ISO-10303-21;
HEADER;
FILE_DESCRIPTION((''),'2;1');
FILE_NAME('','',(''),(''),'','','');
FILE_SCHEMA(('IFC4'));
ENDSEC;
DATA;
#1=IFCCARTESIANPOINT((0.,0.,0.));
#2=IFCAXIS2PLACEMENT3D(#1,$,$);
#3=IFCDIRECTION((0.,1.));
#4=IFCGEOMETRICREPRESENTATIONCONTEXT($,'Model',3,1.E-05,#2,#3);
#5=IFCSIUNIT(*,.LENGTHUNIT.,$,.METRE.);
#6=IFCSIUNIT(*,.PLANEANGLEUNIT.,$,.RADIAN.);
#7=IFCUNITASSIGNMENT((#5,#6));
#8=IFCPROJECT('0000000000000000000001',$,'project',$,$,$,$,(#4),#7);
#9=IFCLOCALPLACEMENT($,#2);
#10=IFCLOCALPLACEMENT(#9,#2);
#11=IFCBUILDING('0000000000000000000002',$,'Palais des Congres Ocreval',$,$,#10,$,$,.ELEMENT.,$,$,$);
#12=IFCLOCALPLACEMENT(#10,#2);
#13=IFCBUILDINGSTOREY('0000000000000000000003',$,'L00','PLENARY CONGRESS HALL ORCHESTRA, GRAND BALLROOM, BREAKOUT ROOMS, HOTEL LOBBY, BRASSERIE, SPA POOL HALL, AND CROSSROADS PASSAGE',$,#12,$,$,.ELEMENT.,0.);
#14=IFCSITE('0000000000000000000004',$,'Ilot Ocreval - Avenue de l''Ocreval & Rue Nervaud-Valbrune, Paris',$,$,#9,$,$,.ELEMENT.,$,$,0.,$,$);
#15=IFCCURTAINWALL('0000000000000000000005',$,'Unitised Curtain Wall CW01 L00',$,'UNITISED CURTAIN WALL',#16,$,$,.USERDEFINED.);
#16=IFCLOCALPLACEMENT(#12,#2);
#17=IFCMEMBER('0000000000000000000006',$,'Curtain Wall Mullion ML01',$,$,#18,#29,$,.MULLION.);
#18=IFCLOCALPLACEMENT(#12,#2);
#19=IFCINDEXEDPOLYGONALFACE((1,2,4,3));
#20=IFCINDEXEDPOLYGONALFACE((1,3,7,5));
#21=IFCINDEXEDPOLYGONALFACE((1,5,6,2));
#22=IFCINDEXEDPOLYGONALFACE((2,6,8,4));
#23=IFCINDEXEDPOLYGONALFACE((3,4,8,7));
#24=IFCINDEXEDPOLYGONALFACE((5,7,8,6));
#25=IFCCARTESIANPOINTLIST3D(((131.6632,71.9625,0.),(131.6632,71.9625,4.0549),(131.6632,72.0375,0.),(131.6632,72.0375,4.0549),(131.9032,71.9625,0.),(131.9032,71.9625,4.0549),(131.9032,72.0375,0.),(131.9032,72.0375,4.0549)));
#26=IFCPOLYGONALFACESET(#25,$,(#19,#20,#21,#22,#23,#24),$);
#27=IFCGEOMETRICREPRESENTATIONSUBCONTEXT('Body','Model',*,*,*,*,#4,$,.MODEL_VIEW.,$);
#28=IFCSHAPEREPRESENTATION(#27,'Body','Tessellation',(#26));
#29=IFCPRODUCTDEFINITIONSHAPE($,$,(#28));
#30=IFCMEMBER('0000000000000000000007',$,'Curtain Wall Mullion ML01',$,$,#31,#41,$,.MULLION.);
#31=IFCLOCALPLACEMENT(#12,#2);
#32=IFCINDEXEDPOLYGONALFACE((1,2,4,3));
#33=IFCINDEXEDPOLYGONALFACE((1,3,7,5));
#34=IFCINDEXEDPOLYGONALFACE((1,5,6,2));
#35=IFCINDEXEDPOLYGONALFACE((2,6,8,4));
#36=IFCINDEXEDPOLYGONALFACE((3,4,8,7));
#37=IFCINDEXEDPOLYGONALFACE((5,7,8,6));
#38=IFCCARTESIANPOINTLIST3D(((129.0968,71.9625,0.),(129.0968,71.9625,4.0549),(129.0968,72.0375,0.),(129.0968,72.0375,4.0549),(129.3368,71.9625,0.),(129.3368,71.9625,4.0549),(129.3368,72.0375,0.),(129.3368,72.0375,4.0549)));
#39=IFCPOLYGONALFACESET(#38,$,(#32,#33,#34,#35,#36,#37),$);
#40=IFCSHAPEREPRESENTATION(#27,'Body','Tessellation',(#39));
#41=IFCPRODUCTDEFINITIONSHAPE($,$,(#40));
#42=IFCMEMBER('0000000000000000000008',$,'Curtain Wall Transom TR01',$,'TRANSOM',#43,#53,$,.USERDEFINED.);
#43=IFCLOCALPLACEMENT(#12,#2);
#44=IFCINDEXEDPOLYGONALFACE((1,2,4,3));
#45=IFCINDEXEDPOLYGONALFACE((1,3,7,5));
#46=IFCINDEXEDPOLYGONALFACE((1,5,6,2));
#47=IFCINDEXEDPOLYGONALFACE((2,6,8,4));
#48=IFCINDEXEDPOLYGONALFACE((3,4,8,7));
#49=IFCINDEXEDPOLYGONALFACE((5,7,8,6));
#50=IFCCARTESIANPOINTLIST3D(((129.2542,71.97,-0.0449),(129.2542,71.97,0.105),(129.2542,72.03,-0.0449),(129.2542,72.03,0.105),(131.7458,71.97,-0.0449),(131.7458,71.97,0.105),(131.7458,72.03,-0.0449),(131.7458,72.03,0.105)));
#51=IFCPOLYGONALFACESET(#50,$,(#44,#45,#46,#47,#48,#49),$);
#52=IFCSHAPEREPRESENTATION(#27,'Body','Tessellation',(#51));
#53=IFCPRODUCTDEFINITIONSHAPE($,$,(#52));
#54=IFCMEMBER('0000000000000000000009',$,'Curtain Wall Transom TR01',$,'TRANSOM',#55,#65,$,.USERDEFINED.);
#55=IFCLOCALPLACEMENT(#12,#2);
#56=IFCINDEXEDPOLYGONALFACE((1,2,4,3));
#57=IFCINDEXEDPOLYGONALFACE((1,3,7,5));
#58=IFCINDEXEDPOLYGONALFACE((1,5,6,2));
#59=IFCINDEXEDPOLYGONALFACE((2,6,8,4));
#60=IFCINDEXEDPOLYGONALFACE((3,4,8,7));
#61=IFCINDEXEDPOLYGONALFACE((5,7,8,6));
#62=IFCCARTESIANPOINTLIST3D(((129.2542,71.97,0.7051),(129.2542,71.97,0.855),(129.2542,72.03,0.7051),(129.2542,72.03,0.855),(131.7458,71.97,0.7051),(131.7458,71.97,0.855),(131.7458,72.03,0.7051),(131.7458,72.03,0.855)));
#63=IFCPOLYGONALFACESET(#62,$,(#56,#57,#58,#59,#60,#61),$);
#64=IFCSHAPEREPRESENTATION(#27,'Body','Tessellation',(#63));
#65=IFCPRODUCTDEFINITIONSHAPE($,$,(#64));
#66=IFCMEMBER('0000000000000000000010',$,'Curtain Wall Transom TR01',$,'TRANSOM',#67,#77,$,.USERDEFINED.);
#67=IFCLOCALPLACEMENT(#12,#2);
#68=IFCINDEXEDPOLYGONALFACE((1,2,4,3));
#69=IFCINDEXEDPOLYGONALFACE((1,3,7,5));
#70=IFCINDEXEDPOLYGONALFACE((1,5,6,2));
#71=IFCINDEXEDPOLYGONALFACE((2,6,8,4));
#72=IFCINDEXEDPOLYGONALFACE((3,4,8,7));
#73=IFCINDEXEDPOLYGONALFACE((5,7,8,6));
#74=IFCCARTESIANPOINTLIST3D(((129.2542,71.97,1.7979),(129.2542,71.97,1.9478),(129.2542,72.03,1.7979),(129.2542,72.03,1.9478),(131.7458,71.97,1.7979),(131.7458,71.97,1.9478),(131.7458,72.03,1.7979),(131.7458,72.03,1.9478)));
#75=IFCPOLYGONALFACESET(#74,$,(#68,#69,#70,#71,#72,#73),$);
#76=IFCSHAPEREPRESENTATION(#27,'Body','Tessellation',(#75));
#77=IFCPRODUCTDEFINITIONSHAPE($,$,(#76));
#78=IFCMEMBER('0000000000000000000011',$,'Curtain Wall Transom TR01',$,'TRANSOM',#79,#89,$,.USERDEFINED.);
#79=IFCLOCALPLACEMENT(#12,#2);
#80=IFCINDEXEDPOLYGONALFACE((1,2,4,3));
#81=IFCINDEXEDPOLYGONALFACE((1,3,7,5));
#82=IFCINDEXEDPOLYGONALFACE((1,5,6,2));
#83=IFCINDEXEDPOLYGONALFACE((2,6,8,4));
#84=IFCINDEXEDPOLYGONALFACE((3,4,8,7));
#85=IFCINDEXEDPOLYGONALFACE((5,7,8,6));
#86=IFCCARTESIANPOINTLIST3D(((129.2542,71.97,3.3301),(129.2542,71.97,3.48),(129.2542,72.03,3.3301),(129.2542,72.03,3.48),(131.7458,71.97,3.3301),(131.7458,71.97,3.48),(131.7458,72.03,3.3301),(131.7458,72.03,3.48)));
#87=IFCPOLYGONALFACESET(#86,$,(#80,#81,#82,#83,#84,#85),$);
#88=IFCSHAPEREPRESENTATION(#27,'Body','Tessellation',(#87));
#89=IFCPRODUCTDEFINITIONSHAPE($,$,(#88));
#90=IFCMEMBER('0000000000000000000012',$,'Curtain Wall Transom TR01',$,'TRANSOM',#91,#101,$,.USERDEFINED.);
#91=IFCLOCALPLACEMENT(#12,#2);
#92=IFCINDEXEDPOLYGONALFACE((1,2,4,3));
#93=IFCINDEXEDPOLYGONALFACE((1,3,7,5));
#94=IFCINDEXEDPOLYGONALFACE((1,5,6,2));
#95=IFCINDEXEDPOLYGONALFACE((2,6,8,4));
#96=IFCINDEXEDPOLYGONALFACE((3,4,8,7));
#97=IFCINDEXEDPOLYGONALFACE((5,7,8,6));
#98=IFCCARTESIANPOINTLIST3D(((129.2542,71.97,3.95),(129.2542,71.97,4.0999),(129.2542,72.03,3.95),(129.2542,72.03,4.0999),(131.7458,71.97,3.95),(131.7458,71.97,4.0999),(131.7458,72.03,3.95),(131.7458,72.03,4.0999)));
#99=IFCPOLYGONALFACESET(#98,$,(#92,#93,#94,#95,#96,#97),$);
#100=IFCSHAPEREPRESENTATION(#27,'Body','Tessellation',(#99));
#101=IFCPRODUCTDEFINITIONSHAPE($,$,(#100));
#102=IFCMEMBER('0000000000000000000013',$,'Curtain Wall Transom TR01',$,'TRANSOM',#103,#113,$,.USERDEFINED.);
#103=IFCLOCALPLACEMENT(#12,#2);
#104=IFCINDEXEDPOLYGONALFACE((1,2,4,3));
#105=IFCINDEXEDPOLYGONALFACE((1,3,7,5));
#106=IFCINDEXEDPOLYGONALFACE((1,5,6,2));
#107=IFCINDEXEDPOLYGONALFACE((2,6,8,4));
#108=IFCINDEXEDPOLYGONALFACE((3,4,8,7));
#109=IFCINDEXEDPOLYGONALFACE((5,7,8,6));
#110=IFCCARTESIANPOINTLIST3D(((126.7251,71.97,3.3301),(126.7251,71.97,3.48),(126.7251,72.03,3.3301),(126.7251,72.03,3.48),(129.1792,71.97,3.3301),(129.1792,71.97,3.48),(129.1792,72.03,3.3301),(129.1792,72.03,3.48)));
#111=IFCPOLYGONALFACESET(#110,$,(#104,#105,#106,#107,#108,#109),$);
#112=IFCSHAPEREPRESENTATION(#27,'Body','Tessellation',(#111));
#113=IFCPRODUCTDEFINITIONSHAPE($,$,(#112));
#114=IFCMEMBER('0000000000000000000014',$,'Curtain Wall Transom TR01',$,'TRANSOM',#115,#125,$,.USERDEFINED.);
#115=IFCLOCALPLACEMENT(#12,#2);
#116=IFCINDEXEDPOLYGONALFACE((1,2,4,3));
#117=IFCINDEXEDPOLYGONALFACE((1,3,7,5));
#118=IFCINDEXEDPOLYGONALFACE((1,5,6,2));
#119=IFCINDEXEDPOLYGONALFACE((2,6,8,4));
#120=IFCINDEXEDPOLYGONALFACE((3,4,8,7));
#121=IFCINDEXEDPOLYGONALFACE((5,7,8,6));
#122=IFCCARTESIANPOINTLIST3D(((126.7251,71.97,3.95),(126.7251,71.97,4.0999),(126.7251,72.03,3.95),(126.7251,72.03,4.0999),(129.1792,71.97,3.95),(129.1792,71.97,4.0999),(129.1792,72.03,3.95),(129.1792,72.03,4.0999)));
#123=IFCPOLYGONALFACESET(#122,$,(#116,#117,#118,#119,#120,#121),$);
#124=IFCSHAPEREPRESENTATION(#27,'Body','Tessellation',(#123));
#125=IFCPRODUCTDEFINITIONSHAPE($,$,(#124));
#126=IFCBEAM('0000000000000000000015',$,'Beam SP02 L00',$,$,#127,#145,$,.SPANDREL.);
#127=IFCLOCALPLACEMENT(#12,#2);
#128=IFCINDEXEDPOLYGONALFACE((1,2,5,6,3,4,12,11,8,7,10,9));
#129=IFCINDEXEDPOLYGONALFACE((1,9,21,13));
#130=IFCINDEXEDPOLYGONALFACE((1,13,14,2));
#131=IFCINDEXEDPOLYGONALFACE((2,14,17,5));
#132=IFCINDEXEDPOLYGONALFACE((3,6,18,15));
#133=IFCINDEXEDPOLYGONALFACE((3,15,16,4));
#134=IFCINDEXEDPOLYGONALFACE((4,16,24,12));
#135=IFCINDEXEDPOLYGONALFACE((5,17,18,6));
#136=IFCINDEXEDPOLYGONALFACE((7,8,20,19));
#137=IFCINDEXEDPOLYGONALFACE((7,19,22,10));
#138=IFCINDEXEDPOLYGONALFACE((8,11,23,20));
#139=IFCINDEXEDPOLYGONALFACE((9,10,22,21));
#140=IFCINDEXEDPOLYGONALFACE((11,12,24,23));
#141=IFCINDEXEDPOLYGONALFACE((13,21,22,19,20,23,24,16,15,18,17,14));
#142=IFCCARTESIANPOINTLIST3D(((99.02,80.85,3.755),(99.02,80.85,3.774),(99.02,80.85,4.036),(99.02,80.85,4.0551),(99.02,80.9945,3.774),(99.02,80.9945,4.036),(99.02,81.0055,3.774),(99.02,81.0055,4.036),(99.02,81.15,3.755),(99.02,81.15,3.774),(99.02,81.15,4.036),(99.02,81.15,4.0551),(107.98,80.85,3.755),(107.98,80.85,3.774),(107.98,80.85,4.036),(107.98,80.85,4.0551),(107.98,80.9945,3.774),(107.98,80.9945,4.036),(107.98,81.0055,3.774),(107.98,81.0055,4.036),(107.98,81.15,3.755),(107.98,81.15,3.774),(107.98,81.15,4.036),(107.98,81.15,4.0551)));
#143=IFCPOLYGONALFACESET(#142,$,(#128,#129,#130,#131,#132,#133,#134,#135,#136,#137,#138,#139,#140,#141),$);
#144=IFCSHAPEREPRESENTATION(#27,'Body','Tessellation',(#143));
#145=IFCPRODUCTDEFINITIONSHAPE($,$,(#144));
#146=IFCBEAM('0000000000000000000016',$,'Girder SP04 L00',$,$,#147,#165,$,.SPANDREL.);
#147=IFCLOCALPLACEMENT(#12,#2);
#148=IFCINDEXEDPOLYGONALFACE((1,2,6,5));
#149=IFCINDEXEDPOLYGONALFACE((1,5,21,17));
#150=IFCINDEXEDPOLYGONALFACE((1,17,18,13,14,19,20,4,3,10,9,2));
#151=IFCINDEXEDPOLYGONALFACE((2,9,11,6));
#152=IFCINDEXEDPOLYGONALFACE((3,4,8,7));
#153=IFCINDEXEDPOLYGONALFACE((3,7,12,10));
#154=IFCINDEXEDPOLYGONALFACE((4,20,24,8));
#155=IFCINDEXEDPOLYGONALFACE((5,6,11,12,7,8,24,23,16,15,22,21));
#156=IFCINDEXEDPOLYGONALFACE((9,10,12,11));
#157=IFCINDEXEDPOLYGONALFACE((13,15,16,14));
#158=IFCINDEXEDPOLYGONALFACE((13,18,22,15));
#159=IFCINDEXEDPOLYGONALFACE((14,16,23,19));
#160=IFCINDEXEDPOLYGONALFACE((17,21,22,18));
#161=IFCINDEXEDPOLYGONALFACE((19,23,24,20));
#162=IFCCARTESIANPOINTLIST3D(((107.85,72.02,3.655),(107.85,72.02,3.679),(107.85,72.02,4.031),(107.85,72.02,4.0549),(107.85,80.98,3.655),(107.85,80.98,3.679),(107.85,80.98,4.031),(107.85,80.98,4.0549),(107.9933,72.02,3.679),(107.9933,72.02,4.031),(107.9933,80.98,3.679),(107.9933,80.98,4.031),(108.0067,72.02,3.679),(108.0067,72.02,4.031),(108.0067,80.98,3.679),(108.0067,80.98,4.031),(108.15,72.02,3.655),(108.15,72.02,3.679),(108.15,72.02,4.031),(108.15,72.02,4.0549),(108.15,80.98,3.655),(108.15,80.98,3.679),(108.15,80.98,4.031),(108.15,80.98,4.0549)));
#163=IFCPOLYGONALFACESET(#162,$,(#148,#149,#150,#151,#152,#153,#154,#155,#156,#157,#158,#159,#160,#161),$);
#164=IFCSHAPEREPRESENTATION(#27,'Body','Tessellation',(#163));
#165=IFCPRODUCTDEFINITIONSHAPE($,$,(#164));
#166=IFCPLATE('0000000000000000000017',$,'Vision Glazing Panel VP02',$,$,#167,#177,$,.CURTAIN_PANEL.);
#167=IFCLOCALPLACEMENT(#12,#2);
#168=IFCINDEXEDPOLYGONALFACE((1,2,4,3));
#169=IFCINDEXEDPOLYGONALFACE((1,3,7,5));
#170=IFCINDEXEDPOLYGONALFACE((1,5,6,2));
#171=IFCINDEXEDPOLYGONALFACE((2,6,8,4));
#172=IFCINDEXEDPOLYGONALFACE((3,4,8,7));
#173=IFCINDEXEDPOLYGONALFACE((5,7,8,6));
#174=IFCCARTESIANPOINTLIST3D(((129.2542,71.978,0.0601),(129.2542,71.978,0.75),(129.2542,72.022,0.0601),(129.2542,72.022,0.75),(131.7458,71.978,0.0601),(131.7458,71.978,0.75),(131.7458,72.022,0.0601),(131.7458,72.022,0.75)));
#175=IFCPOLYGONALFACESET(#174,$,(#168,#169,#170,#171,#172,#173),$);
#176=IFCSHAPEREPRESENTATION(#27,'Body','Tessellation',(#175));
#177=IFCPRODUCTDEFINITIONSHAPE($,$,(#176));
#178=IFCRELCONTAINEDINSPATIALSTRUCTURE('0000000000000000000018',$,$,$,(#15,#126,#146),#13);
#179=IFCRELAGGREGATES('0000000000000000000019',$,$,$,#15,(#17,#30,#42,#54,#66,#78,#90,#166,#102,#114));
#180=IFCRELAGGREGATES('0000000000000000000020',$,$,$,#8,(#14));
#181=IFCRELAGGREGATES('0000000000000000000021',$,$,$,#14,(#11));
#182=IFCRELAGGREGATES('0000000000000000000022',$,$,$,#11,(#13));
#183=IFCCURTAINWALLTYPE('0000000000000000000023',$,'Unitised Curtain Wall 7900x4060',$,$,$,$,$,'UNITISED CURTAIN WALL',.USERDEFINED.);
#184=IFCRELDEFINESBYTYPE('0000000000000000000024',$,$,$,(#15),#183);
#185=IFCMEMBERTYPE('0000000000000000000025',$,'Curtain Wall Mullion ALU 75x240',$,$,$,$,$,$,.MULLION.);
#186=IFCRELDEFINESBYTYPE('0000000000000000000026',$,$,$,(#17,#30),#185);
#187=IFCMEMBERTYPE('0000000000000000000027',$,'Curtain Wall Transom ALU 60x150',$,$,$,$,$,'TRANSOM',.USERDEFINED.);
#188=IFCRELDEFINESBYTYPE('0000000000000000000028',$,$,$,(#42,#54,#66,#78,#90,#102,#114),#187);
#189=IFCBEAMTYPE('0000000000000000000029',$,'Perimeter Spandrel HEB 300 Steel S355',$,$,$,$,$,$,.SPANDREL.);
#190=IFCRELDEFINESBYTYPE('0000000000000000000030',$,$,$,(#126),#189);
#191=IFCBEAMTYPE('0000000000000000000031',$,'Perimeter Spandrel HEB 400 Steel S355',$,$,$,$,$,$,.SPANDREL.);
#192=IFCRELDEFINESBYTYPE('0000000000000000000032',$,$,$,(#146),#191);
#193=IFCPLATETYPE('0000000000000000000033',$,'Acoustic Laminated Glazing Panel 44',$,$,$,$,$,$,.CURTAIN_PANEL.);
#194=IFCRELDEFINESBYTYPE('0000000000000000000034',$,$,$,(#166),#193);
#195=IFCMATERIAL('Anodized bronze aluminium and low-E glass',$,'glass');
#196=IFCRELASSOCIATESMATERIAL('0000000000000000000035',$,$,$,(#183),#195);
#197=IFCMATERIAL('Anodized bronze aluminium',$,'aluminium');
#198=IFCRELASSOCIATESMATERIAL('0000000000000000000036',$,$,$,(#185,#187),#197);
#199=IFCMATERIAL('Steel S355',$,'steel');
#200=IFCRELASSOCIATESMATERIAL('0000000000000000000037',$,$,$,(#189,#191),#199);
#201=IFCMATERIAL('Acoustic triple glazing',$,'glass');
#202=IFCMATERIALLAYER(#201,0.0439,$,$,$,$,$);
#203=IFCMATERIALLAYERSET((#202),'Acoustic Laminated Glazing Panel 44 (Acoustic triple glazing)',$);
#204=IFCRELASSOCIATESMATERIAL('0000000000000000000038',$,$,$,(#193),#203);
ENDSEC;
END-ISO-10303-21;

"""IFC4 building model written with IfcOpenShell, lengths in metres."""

from ifc_helpers import new_model, si_unit, direction, frame, origin, origin_2d, place, context, subcontext, project, spatial, rectangle, i_section, extrude, material, layer, layer_set, material_profile, profile_set, type_object, element, aggregate, save


model = new_model("IFC4")

# Units and contexts
model_context = context("Model", 3, precision=1e-05, world=origin(), true_north=direction((0.0, 1.0)))
body_context = subcontext(model_context, "Body", "Model", "MODEL_VIEW")
ifc_project = project(units=[si_unit("LENGTHUNIT", "METRE"), si_unit("PLANEANGLEUNIT", "RADIAN")], contexts=[model_context])

# Site, building, storey
site_placement = place(None, origin())
site = spatial("IfcSite", under=ifc_project, at=site_placement, Name="Ilot Ocreval - Avenue de l'Ocreval & Rue Nervaud-Valbrune, Paris", CompositionType="ELEMENT", RefElevation=0.0)
building_placement = place(site_placement, origin())
building = spatial("IfcBuilding", under=site, at=building_placement, Name="Palais des Congres Ocreval", CompositionType="ELEMENT")
storey_placement = place(building_placement, origin())
storey = spatial("IfcBuildingStorey", under=building, at=storey_placement, Name="L00", Description="PLENARY CONGRESS HALL ORCHESTRA, GRAND BALLROOM, BREAKOUT ROOMS, HOTEL LOBBY, BRASSERIE, SPA POOL HALL, AND CROSSROADS PASSAGE", CompositionType="ELEMENT", Elevation=0.0)

# Curtain wall, members
ifc_material_1 = material(Name="Anodized bronze aluminium and low-E glass", Category="glass")
curtain_wall_type = type_object("IfcCurtainWallType", Name="Unitised Curtain Wall 7900x4060", ElementType="UNITISED CURTAIN WALL", PredefinedType="USERDEFINED", material=ifc_material_1)
curtain_wall_placement = place(storey_placement, origin())
curtain_wall = element("IfcCurtainWall", 1, at=curtain_wall_placement, inside=storey, type_object=curtain_wall_type, Name="Unitised Curtain Wall CW01 L00", ObjectType="UNITISED CURTAIN WALL", PredefinedType="USERDEFINED")
ifc_material_2 = material(Name="Anodized bronze aluminium", Category="aluminium")
ifc_material_profile_1 = material_profile(ifc_material_2, rectangle(XDim=0.075, YDim=0.24, at=origin_2d()), Name="ALU 75x240")
ifc_profile_set_1 = profile_set([ifc_material_profile_1], Name="Anodized bronze aluminium")
member_type_1 = type_object("IfcMemberType", Name="Curtain Wall Mullion ALU 75x240", PredefinedType="MULLION", material=ifc_profile_set_1)
member_1_placement = place(storey_placement, frame((131.7832, 72.0, 0.0), z_axis=(0.0, 0.0, 1.0), x_axis=(0.0, -1.0, 0.0)))
member_1 = element("IfcMember", 2, at=member_1_placement, type_object=member_type_1, Name="Curtain Wall Mullion ML01", PredefinedType="MULLION", context=body_context, shape_type="SweptSolid", body=[
    extrude(rectangle(XDim=0.075, YDim=0.24, at=origin_2d()), origin(), (0.0, 0.0, 1.0), 4.0549),
])
member_2_placement = place(storey_placement, frame((129.2168, 72.0, 0.0), z_axis=(0.0, 0.0, 1.0), x_axis=(0.0, -1.0, 0.0)))
member_2 = element("IfcMember", 3, at=member_2_placement, type_object=member_type_1, Name="Curtain Wall Mullion ML01", PredefinedType="MULLION", context=body_context, shape_type="SweptSolid", body=[
    extrude(rectangle(XDim=0.075, YDim=0.24, at=origin_2d()), origin(), (0.0, 0.0, 1.0), 4.0549),
])
ifc_material_profile_2 = material_profile(ifc_material_2, rectangle(XDim=0.0601, YDim=0.1499, at=origin_2d()), Name="ALU 60x150")
ifc_profile_set_2 = profile_set([ifc_material_profile_2], Name="Anodized bronze aluminium")
member_type_2 = type_object("IfcMemberType", Name="Curtain Wall Transom ALU 60x150", ElementType="TRANSOM", PredefinedType="USERDEFINED", material=ifc_profile_set_2)
member_3_placement = place(storey_placement, frame((131.7458, 72.0, 0.03), z_axis=(-1.0, 0.0, 0.0), x_axis=(0.0, -1.0, 0.0)))
member_3 = element("IfcMember", 4, at=member_3_placement, type_object=member_type_2, Name="Curtain Wall Transom TR01", ObjectType="TRANSOM", PredefinedType="USERDEFINED", context=body_context, shape_type="SweptSolid", body=[
    extrude(rectangle(XDim=0.0601, YDim=0.1499, at=origin_2d()), origin(), (0.0, 0.0, 1.0), 2.4917),
])
member_4_placement = place(storey_placement, frame((131.7458, 72.0, 0.78), z_axis=(-1.0, 0.0, 0.0), x_axis=(0.0, -1.0, 0.0)))
member_4 = element("IfcMember", 5, at=member_4_placement, type_object=member_type_2, Name="Curtain Wall Transom TR01", ObjectType="TRANSOM", PredefinedType="USERDEFINED", context=body_context, shape_type="SweptSolid", body=[
    extrude(rectangle(XDim=0.0601, YDim=0.1499, at=origin_2d()), origin(), (0.0, 0.0, 1.0), 2.4917),
])
member_5_placement = place(storey_placement, frame((131.7458, 72.0, 1.8728), z_axis=(-1.0, 0.0, 0.0), x_axis=(0.0, -1.0, 0.0)))
member_5 = element("IfcMember", 6, at=member_5_placement, type_object=member_type_2, Name="Curtain Wall Transom TR01", ObjectType="TRANSOM", PredefinedType="USERDEFINED", context=body_context, shape_type="SweptSolid", body=[
    extrude(rectangle(XDim=0.0601, YDim=0.1499, at=origin_2d()), origin(), (0.0, 0.0, 1.0), 2.4917),
])
member_6_placement = place(storey_placement, frame((131.7458, 72.0, 3.405), z_axis=(-1.0, 0.0, 0.0), x_axis=(0.0, -1.0, 0.0)))
member_6 = element("IfcMember", 7, at=member_6_placement, type_object=member_type_2, Name="Curtain Wall Transom TR01", ObjectType="TRANSOM", PredefinedType="USERDEFINED", context=body_context, shape_type="SweptSolid", body=[
    extrude(rectangle(XDim=0.0601, YDim=0.1499, at=origin_2d()), origin(), (0.0, 0.0, 1.0), 2.4917),
])
member_7_placement = place(storey_placement, frame((131.7458, 72.0, 4.0249), z_axis=(-1.0, 0.0, 0.0), x_axis=(0.0, -1.0, 0.0)))
member_7 = element("IfcMember", 8, at=member_7_placement, type_object=member_type_2, Name="Curtain Wall Transom TR01", ObjectType="TRANSOM", PredefinedType="USERDEFINED", context=body_context, shape_type="SweptSolid", body=[
    extrude(rectangle(XDim=0.0601, YDim=0.1499, at=origin_2d()), origin(), (0.0, 0.0, 1.0), 2.4917),
])
member_8_placement = place(storey_placement, frame((129.1792, 72.0, 3.405), z_axis=(-1.0, 0.0, 0.0), x_axis=(0.0, -1.0, 0.0)))
member_8 = element("IfcMember", 9, at=member_8_placement, type_object=member_type_2, Name="Curtain Wall Transom TR01", ObjectType="TRANSOM", PredefinedType="USERDEFINED", context=body_context, shape_type="SweptSolid", body=[
    extrude(rectangle(XDim=0.0601, YDim=0.1499, at=origin_2d()), origin(), (0.0, 0.0, 1.0), 2.4541),
])
member_9_placement = place(storey_placement, frame((129.1792, 72.0, 4.0249), z_axis=(-1.0, 0.0, 0.0), x_axis=(0.0, -1.0, 0.0)))
member_9 = element("IfcMember", 10, at=member_9_placement, type_object=member_type_2, Name="Curtain Wall Transom TR01", ObjectType="TRANSOM", PredefinedType="USERDEFINED", context=body_context, shape_type="SweptSolid", body=[
    extrude(rectangle(XDim=0.0601, YDim=0.1499, at=origin_2d()), origin(), (0.0, 0.0, 1.0), 2.4541),
])

# Beams
ifc_material_3 = material(Name="Steel S355", Category="steel")
ifc_material_profile_3 = material_profile(ifc_material_3, i_section(OverallWidth=0.3, OverallDepth=0.3, WebThickness=0.011, FlangeThickness=0.019, at=origin_2d()), Name="HEB 300")
ifc_profile_set_3 = profile_set([ifc_material_profile_3], Name="Steel S355")
beam_type_1 = type_object("IfcBeamType", Name="Perimeter Spandrel HEB 300 Steel S355", PredefinedType="SPANDREL", material=ifc_profile_set_3)
beam_1_placement = place(storey_placement, frame((99.02, 81.0, 3.905), z_axis=(1.0, 0.0, 0.0), x_axis=(0.0, 1.0, 0.0)))
element("IfcBeam", 11, at=beam_1_placement, inside=storey, type_object=beam_type_1, Name="Beam SP02 L00", PredefinedType="SPANDREL", context=body_context, shape_type="SweptSolid", body=[
    extrude(i_section(OverallWidth=0.3, OverallDepth=0.3, WebThickness=0.011, FlangeThickness=0.019, at=origin_2d()), origin(), (0.0, 0.0, 1.0), 8.96),
])
ifc_material_profile_4 = material_profile(ifc_material_3, i_section(OverallWidth=0.3, OverallDepth=0.3999, WebThickness=0.0134, FlangeThickness=0.0239, at=origin_2d()), Name="HEB 400")
ifc_profile_set_4 = profile_set([ifc_material_profile_4], Name="Steel S355")
beam_type_2 = type_object("IfcBeamType", Name="Perimeter Spandrel HEB 400 Steel S355", PredefinedType="SPANDREL", material=ifc_profile_set_4)
beam_2_placement = place(storey_placement, frame((108.0, 72.02, 3.855), z_axis=(0.0, 1.0, 0.0), x_axis=(-1.0, 0.0, 0.0)))
element("IfcBeam", 12, at=beam_2_placement, inside=storey, type_object=beam_type_2, Name="Girder SP04 L00", PredefinedType="SPANDREL", context=body_context, shape_type="SweptSolid", body=[
    extrude(i_section(OverallWidth=0.3, OverallDepth=0.3999, WebThickness=0.0134, FlangeThickness=0.0239, at=origin_2d()), origin(), (0.0, 0.0, 1.0), 8.96),
])

# Plate
ifc_material_4 = material(Name="Acoustic triple glazing", Category="glass")
ifc_layer_1 = layer(ifc_material_4, 0.0439)
ifc_layer_set_1 = layer_set([ifc_layer_1], Name="Acoustic Laminated Glazing Panel 44 (Acoustic triple glazing)")
plate_type_1 = type_object("IfcPlateType", Name="Acoustic Laminated Glazing Panel 44", PredefinedType="CURTAIN_PANEL", material=ifc_layer_set_1)
plate_1_placement = place(storey_placement, frame((130.5, 72.0, 0.0601), z_axis=(0.0, 0.0, 1.0), x_axis=(-1.0, 0.0, 0.0)))
plate_1 = element("IfcPlate", 13, at=plate_1_placement, type_object=plate_type_1, Name="Vision Glazing Panel VP02", PredefinedType="CURTAIN_PANEL", context=body_context, shape_type="SweptSolid", body=[
    extrude(rectangle(XDim=2.4917, YDim=0.0439, at=origin_2d()), origin(), (0.0, 0.0, 1.0), 0.6899),
])
aggregate(curtain_wall, [member_1, member_2, member_3, member_4, member_5, member_6, member_7, plate_1, member_8, member_9])

save(model, "model.ifc")
